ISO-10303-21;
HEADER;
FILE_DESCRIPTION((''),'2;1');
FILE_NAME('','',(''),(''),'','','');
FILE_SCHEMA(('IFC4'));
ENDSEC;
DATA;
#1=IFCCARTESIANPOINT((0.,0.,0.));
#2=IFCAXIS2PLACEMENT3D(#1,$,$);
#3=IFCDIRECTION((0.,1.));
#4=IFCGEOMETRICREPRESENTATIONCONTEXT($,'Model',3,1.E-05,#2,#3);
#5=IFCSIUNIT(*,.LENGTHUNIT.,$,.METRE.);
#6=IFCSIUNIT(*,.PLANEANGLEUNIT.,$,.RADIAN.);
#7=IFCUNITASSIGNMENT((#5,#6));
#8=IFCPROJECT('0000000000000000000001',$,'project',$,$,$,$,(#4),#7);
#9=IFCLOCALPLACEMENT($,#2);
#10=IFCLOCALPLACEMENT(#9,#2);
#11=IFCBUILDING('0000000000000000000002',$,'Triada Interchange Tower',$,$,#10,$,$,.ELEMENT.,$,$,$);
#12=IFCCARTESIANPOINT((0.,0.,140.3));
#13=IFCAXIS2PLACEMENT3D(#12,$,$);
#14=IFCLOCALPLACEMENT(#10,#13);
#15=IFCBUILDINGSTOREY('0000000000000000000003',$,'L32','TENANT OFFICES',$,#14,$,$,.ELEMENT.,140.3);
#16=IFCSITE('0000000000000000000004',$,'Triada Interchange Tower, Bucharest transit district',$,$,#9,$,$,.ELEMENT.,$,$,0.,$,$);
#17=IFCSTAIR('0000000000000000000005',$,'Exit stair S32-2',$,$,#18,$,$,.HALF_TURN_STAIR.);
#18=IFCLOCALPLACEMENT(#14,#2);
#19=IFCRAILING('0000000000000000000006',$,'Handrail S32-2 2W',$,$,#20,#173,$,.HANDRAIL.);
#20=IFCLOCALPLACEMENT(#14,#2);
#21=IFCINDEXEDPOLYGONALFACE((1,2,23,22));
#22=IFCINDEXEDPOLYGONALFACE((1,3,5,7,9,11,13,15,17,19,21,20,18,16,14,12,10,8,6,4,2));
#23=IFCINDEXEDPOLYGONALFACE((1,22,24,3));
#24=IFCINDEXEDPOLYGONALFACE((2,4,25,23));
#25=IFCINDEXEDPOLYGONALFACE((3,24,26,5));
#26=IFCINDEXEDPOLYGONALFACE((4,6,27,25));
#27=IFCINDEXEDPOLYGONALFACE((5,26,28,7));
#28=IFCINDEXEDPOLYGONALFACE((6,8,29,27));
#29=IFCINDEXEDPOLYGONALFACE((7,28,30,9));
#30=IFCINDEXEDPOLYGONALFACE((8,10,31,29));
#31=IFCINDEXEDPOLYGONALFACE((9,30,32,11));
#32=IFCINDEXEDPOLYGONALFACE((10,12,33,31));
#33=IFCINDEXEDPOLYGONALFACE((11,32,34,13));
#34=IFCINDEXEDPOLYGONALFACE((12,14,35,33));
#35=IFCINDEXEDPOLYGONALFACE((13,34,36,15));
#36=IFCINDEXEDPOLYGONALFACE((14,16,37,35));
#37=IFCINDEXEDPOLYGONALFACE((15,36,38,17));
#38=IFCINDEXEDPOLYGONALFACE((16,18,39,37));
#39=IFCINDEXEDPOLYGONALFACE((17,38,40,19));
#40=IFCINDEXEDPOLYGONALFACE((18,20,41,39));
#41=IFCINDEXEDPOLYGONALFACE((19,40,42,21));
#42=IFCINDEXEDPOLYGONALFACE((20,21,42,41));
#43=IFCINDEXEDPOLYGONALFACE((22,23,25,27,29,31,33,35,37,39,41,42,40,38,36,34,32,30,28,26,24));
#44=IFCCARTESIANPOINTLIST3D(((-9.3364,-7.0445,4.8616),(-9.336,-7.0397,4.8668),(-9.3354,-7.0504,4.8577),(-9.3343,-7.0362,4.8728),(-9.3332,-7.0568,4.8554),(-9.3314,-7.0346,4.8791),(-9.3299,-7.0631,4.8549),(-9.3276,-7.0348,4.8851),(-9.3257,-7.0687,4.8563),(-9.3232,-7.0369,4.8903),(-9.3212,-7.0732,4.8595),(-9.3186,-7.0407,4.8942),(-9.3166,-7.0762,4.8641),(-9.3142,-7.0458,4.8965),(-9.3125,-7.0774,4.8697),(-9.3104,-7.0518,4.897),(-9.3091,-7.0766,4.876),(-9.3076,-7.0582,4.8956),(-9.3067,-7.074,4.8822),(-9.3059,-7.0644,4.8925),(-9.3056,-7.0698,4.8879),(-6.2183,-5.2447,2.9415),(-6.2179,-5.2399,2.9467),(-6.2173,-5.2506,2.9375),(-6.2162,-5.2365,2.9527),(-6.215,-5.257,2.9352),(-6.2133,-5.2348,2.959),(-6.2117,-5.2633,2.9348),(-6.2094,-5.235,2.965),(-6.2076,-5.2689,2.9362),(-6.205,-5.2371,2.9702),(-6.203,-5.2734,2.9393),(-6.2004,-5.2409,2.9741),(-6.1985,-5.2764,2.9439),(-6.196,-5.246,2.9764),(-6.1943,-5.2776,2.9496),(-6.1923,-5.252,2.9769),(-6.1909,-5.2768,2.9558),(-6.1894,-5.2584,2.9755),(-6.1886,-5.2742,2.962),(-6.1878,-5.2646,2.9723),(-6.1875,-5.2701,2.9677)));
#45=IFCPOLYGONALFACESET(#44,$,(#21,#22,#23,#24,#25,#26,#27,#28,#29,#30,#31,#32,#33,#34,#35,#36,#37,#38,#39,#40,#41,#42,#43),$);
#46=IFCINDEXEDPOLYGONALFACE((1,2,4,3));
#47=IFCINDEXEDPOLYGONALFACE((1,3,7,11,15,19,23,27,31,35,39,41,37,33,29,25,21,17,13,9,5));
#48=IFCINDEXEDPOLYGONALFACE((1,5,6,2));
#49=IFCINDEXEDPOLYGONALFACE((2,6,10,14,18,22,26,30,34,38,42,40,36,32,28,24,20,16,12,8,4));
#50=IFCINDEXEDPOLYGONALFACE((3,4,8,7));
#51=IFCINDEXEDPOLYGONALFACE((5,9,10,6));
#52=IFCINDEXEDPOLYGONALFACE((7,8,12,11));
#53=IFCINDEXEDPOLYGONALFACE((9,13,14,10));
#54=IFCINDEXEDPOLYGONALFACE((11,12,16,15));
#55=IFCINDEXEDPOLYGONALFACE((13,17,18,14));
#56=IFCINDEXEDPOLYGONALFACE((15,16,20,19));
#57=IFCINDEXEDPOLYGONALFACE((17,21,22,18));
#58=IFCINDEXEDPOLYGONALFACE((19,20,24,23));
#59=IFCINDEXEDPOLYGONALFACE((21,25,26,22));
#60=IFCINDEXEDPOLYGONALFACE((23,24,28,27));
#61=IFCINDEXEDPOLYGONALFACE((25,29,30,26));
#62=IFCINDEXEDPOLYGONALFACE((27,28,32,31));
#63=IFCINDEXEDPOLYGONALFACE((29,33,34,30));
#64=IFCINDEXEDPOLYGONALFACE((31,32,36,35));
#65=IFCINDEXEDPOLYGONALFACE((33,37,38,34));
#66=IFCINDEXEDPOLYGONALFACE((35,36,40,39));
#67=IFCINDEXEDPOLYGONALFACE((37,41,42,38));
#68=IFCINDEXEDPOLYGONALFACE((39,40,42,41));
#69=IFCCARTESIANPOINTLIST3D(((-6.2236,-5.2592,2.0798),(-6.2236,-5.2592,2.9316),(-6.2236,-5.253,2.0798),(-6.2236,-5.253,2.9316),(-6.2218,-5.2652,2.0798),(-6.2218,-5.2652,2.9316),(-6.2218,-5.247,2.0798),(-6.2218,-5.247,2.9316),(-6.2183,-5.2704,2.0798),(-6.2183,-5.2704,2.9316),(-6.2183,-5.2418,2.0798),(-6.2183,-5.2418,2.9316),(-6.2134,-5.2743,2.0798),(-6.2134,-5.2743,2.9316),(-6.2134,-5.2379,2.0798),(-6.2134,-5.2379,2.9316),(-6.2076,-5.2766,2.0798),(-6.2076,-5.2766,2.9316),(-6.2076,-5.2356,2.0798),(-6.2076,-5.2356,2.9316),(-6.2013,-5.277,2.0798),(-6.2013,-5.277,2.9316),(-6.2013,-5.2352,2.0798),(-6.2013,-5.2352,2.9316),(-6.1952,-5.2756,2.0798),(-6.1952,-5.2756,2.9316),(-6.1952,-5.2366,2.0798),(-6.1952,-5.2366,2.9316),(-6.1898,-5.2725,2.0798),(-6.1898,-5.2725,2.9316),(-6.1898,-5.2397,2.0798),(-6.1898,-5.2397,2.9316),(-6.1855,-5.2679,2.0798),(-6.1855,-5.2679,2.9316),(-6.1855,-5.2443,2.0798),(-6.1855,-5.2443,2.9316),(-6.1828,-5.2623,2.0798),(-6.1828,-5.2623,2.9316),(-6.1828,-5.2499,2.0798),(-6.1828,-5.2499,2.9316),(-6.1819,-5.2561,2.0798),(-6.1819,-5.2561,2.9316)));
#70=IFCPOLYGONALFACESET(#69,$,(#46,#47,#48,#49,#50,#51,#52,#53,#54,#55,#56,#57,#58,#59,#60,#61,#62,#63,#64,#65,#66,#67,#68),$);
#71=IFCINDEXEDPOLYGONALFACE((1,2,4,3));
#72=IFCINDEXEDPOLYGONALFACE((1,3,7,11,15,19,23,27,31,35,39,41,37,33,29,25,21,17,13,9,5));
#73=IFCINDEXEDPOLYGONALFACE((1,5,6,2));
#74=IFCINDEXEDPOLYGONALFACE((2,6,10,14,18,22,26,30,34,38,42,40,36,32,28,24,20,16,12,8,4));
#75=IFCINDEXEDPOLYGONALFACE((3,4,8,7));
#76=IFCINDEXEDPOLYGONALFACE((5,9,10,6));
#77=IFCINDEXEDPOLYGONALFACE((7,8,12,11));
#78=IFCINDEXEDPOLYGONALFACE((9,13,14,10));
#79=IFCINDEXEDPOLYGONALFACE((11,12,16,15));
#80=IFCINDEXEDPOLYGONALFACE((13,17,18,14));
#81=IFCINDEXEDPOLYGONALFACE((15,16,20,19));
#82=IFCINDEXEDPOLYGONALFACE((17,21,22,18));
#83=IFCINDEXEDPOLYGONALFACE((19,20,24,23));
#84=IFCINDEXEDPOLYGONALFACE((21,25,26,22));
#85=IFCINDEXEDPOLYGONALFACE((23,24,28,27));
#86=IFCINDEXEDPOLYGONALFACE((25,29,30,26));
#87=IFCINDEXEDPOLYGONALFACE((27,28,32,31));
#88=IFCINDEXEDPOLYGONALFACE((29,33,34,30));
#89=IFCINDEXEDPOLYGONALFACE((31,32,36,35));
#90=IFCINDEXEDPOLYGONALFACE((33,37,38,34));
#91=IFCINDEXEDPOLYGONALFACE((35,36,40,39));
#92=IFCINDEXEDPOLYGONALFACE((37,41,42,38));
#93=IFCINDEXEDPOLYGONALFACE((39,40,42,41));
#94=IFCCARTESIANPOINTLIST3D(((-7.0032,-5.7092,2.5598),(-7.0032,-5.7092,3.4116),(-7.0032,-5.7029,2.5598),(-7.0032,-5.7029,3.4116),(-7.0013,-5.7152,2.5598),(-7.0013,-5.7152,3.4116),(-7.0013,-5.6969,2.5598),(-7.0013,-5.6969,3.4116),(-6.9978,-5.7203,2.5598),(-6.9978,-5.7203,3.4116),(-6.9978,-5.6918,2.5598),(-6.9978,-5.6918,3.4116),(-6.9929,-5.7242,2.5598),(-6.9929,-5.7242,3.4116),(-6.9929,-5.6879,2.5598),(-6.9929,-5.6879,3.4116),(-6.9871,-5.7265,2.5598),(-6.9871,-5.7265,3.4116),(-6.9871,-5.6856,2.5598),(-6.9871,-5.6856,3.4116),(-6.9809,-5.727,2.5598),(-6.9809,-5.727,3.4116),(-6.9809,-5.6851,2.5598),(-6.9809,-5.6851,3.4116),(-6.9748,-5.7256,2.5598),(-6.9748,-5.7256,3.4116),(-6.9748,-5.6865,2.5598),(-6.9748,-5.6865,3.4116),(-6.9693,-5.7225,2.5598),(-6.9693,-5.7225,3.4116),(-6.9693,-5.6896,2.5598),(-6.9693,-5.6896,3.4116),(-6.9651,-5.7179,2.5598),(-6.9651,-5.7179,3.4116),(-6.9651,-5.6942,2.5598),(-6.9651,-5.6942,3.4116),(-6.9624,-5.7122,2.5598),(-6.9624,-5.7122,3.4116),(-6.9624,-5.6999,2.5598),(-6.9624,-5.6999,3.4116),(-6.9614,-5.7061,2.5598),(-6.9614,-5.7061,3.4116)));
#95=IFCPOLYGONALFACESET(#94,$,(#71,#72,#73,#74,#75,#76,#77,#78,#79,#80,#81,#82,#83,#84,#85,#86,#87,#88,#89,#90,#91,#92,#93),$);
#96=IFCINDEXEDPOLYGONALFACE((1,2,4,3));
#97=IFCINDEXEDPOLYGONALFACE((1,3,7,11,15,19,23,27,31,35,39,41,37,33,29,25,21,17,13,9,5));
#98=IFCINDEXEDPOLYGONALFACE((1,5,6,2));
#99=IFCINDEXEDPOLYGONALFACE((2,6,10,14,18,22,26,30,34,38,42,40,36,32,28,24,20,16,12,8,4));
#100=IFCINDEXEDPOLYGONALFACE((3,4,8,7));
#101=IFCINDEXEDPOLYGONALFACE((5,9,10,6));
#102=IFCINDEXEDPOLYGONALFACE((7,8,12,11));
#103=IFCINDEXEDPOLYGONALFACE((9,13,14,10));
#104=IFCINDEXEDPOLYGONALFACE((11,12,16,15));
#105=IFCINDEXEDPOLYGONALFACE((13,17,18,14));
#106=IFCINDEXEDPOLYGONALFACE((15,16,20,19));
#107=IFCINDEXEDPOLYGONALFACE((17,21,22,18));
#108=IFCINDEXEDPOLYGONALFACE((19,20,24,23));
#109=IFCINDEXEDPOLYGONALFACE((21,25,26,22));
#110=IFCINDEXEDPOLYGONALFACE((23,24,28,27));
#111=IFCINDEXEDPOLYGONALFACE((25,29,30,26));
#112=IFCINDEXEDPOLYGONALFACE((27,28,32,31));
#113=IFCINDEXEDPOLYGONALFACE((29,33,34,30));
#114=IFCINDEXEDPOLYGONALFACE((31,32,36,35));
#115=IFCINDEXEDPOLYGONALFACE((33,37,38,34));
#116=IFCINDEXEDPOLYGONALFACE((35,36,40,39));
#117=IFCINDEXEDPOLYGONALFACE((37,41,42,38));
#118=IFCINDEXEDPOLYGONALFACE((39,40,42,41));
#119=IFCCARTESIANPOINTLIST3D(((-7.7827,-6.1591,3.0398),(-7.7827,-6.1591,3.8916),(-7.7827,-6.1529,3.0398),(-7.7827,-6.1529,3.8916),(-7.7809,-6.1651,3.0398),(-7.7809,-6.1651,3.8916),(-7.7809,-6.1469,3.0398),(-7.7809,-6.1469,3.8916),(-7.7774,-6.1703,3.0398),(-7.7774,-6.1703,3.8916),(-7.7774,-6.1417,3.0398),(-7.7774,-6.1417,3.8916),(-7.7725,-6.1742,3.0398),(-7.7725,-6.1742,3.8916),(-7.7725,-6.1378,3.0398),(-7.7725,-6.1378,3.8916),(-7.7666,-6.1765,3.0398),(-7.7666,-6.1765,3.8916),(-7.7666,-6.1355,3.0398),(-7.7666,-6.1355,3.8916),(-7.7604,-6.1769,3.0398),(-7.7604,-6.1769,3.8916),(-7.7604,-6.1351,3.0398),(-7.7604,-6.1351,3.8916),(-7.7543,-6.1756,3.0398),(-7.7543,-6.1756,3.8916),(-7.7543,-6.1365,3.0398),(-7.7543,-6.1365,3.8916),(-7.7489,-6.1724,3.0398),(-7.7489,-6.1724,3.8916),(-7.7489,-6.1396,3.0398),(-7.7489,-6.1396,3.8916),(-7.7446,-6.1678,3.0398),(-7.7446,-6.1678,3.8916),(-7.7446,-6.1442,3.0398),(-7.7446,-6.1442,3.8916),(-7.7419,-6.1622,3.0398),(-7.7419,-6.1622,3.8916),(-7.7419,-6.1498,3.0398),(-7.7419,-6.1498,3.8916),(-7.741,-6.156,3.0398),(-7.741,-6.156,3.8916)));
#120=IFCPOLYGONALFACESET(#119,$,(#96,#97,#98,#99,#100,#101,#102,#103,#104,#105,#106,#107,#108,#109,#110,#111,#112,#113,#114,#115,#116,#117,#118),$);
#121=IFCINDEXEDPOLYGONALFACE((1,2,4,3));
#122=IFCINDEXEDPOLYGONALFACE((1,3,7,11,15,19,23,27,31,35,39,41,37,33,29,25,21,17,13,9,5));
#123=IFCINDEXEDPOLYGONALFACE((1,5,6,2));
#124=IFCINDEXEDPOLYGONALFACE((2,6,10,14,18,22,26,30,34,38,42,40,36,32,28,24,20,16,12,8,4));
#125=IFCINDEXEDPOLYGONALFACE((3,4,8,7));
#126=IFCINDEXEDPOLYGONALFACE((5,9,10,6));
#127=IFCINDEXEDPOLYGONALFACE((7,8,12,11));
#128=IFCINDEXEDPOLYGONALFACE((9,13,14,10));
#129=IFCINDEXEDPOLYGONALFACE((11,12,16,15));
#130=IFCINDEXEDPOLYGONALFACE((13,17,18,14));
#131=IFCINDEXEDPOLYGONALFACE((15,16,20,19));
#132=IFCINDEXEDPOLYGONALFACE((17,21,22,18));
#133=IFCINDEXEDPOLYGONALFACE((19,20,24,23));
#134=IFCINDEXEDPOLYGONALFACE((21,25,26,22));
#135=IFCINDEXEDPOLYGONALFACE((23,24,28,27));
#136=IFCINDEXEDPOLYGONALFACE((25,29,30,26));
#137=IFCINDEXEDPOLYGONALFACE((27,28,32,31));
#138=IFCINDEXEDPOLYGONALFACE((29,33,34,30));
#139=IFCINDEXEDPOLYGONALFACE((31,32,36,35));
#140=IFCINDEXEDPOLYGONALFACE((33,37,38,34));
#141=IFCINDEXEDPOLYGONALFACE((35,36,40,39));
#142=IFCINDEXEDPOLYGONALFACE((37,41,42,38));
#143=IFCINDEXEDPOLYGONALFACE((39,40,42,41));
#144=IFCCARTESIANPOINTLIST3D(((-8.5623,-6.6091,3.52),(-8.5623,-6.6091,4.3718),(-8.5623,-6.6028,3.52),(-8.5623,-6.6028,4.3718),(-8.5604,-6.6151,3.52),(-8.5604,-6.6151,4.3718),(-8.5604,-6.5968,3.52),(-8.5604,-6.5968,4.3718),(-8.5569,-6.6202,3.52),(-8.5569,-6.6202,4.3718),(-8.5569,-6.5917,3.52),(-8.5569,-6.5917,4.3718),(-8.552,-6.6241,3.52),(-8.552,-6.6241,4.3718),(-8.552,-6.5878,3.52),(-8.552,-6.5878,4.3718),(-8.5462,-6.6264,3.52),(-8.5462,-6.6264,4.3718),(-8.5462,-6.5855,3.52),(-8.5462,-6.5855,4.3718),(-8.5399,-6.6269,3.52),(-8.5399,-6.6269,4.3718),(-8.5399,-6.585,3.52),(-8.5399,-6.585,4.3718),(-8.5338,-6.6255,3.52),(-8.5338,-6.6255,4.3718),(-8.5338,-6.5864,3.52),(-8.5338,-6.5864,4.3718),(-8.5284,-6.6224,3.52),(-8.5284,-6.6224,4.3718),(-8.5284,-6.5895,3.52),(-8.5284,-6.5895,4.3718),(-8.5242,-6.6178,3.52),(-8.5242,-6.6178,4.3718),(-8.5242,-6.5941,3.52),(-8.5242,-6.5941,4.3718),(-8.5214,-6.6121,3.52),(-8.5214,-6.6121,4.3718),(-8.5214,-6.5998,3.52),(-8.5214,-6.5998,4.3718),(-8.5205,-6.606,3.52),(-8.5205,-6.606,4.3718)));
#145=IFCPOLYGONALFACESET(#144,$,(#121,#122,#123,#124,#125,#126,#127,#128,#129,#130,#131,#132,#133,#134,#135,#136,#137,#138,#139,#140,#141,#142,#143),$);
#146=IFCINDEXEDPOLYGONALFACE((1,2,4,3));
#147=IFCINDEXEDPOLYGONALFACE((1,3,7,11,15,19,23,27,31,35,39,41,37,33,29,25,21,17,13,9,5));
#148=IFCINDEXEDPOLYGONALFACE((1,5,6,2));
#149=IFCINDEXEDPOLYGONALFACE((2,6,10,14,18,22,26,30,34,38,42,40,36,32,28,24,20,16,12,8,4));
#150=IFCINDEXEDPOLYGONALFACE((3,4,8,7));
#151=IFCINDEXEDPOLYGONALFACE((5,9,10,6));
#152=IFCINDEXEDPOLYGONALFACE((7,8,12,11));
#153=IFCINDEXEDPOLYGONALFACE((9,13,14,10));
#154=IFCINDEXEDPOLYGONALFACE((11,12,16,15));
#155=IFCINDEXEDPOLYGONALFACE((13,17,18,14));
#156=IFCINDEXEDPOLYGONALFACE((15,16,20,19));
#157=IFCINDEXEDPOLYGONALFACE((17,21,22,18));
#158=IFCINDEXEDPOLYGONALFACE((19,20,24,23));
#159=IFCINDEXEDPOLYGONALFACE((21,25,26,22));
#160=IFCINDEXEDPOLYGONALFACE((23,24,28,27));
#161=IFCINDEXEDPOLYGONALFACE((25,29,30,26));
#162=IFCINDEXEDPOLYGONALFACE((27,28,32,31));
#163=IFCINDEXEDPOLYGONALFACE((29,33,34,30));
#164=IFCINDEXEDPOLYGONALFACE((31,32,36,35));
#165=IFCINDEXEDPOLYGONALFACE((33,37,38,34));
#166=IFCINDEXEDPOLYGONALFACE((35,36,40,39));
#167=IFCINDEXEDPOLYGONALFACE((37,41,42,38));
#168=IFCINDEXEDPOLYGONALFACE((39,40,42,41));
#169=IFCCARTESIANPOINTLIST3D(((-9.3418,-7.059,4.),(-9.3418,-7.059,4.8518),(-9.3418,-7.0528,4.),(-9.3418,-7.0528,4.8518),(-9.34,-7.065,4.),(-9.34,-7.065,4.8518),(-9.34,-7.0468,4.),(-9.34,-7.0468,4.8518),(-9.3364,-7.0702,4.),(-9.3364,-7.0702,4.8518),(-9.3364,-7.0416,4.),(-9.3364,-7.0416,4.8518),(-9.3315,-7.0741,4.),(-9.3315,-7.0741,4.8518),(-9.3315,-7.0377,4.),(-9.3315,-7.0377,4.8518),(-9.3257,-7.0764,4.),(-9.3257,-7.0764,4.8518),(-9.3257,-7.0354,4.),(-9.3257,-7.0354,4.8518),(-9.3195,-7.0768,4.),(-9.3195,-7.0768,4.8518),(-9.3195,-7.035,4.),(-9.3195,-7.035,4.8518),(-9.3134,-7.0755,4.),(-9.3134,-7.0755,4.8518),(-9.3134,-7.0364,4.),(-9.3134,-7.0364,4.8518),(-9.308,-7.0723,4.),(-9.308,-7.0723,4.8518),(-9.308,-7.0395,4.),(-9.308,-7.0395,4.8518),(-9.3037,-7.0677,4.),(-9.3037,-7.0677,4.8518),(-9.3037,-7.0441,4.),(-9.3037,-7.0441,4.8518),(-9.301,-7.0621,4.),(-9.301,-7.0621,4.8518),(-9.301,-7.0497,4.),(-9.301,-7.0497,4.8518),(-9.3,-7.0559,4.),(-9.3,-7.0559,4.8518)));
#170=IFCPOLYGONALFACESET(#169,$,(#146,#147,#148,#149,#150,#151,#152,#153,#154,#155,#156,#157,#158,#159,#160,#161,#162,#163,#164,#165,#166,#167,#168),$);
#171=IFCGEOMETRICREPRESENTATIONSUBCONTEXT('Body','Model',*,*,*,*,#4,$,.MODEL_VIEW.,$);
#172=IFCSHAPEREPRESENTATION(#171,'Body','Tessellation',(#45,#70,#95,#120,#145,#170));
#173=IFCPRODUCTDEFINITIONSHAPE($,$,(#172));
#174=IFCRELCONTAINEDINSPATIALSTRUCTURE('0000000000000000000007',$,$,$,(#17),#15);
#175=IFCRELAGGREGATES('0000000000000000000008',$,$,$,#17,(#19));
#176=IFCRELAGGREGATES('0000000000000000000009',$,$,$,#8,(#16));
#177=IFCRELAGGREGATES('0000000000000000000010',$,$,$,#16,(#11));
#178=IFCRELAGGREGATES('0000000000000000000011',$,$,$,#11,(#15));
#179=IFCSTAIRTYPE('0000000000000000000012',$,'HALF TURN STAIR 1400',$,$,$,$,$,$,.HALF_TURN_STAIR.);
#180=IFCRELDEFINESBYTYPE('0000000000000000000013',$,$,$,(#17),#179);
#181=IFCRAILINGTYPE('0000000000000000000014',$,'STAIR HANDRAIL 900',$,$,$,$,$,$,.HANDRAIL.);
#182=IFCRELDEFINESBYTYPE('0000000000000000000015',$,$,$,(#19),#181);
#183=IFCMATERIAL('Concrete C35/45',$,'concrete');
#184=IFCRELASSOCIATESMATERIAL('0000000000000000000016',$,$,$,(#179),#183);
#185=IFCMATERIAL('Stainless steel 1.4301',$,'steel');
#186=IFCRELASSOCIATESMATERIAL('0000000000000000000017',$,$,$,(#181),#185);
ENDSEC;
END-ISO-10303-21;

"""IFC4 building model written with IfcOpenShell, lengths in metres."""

from ifc_helpers import new_model, si_unit, direction, frame, origin, origin_2d, place, context, subcontext, project, spatial, circle, extrude, material, type_object, element, aggregate, save


model = new_model("IFC4")

# Units and contexts
model_context = context("Model", 3, precision=1e-05, world=origin(), true_north=direction((0.0, 1.0)))
body_context = subcontext(model_context, "Body", "Model", "MODEL_VIEW")
ifc_project = project(units=[si_unit("LENGTHUNIT", "METRE"), si_unit("PLANEANGLEUNIT", "RADIAN")], contexts=[model_context])

# Site, building, storey
site_placement = place(None, origin())
site = spatial("IfcSite", under=ifc_project, at=site_placement, Name="Triada Interchange Tower, Bucharest transit district", CompositionType="ELEMENT", RefElevation=0.0)
building_placement = place(site_placement, origin())
building = spatial("IfcBuilding", under=site, at=building_placement, Name="Triada Interchange Tower", CompositionType="ELEMENT")
storey_placement = place(building_placement, frame((0.0, 0.0, 140.3)))
storey = spatial("IfcBuildingStorey", under=building, at=storey_placement, Name="L32", Description="TENANT OFFICES", CompositionType="ELEMENT", Elevation=140.3)

# Stair, railing
ifc_material_1 = material(Name="Concrete C35/45", Category="concrete")
stair_type = type_object("IfcStairType", Name="HALF TURN STAIR 1400", PredefinedType="HALF_TURN_STAIR", material=ifc_material_1)
stair_placement = place(storey_placement, origin())
stair = element("IfcStair", 1, at=stair_placement, inside=storey, type_object=stair_type, Name="Exit stair S32-2", PredefinedType="HALF_TURN_STAIR")
ifc_material_2 = material(Name="Stainless steel 1.4301", Category="steel")
railing_type = type_object("IfcRailingType", Name="STAIR HANDRAIL 900", PredefinedType="HANDRAIL", material=ifc_material_2)
railing_1_placement = place(storey_placement, frame((-6.2029, -5.2561, 2.0798)))
railing_1 = element("IfcRailing", 2, at=railing_1_placement, type_object=railing_type, Name="Handrail S32-2 2W", PredefinedType="HANDRAIL", context=body_context, shape_type="SweptSolid", body=[
    extrude(circle(Radius=0.0239, at=origin_2d()), frame((0.0, 0.0, 0.876), z_axis=(-0.76419, -0.44109, 0.470588), x_axis=(0.499902, -0.866082, 0.0)), (0.0, 0.0, 1.0), 4.0803),
    extrude(circle(Radius=0.021, at=origin_2d()), origin(), (0.0, 0.0, 1.0), 0.8518),
    extrude(circle(Radius=0.021, at=origin_2d()), frame((-0.7795, -0.45, 0.48)), (0.0, 0.0, 1.0), 0.8518),
    extrude(circle(Radius=0.021, at=origin_2d()), frame((-1.5591, -0.8999, 0.96)), (0.0, 0.0, 1.0), 0.8518),
    extrude(circle(Radius=0.021, at=origin_2d()), frame((-2.3386, -1.3499, 1.4402)), (0.0, 0.0, 1.0), 0.8518),
    extrude(circle(Radius=0.021, at=origin_2d()), frame((-3.1182, -1.7998, 1.9202)), (0.0, 0.0, 1.0), 0.8518),
])
aggregate(stair, [railing_1])

save(model, "model.ifc")
